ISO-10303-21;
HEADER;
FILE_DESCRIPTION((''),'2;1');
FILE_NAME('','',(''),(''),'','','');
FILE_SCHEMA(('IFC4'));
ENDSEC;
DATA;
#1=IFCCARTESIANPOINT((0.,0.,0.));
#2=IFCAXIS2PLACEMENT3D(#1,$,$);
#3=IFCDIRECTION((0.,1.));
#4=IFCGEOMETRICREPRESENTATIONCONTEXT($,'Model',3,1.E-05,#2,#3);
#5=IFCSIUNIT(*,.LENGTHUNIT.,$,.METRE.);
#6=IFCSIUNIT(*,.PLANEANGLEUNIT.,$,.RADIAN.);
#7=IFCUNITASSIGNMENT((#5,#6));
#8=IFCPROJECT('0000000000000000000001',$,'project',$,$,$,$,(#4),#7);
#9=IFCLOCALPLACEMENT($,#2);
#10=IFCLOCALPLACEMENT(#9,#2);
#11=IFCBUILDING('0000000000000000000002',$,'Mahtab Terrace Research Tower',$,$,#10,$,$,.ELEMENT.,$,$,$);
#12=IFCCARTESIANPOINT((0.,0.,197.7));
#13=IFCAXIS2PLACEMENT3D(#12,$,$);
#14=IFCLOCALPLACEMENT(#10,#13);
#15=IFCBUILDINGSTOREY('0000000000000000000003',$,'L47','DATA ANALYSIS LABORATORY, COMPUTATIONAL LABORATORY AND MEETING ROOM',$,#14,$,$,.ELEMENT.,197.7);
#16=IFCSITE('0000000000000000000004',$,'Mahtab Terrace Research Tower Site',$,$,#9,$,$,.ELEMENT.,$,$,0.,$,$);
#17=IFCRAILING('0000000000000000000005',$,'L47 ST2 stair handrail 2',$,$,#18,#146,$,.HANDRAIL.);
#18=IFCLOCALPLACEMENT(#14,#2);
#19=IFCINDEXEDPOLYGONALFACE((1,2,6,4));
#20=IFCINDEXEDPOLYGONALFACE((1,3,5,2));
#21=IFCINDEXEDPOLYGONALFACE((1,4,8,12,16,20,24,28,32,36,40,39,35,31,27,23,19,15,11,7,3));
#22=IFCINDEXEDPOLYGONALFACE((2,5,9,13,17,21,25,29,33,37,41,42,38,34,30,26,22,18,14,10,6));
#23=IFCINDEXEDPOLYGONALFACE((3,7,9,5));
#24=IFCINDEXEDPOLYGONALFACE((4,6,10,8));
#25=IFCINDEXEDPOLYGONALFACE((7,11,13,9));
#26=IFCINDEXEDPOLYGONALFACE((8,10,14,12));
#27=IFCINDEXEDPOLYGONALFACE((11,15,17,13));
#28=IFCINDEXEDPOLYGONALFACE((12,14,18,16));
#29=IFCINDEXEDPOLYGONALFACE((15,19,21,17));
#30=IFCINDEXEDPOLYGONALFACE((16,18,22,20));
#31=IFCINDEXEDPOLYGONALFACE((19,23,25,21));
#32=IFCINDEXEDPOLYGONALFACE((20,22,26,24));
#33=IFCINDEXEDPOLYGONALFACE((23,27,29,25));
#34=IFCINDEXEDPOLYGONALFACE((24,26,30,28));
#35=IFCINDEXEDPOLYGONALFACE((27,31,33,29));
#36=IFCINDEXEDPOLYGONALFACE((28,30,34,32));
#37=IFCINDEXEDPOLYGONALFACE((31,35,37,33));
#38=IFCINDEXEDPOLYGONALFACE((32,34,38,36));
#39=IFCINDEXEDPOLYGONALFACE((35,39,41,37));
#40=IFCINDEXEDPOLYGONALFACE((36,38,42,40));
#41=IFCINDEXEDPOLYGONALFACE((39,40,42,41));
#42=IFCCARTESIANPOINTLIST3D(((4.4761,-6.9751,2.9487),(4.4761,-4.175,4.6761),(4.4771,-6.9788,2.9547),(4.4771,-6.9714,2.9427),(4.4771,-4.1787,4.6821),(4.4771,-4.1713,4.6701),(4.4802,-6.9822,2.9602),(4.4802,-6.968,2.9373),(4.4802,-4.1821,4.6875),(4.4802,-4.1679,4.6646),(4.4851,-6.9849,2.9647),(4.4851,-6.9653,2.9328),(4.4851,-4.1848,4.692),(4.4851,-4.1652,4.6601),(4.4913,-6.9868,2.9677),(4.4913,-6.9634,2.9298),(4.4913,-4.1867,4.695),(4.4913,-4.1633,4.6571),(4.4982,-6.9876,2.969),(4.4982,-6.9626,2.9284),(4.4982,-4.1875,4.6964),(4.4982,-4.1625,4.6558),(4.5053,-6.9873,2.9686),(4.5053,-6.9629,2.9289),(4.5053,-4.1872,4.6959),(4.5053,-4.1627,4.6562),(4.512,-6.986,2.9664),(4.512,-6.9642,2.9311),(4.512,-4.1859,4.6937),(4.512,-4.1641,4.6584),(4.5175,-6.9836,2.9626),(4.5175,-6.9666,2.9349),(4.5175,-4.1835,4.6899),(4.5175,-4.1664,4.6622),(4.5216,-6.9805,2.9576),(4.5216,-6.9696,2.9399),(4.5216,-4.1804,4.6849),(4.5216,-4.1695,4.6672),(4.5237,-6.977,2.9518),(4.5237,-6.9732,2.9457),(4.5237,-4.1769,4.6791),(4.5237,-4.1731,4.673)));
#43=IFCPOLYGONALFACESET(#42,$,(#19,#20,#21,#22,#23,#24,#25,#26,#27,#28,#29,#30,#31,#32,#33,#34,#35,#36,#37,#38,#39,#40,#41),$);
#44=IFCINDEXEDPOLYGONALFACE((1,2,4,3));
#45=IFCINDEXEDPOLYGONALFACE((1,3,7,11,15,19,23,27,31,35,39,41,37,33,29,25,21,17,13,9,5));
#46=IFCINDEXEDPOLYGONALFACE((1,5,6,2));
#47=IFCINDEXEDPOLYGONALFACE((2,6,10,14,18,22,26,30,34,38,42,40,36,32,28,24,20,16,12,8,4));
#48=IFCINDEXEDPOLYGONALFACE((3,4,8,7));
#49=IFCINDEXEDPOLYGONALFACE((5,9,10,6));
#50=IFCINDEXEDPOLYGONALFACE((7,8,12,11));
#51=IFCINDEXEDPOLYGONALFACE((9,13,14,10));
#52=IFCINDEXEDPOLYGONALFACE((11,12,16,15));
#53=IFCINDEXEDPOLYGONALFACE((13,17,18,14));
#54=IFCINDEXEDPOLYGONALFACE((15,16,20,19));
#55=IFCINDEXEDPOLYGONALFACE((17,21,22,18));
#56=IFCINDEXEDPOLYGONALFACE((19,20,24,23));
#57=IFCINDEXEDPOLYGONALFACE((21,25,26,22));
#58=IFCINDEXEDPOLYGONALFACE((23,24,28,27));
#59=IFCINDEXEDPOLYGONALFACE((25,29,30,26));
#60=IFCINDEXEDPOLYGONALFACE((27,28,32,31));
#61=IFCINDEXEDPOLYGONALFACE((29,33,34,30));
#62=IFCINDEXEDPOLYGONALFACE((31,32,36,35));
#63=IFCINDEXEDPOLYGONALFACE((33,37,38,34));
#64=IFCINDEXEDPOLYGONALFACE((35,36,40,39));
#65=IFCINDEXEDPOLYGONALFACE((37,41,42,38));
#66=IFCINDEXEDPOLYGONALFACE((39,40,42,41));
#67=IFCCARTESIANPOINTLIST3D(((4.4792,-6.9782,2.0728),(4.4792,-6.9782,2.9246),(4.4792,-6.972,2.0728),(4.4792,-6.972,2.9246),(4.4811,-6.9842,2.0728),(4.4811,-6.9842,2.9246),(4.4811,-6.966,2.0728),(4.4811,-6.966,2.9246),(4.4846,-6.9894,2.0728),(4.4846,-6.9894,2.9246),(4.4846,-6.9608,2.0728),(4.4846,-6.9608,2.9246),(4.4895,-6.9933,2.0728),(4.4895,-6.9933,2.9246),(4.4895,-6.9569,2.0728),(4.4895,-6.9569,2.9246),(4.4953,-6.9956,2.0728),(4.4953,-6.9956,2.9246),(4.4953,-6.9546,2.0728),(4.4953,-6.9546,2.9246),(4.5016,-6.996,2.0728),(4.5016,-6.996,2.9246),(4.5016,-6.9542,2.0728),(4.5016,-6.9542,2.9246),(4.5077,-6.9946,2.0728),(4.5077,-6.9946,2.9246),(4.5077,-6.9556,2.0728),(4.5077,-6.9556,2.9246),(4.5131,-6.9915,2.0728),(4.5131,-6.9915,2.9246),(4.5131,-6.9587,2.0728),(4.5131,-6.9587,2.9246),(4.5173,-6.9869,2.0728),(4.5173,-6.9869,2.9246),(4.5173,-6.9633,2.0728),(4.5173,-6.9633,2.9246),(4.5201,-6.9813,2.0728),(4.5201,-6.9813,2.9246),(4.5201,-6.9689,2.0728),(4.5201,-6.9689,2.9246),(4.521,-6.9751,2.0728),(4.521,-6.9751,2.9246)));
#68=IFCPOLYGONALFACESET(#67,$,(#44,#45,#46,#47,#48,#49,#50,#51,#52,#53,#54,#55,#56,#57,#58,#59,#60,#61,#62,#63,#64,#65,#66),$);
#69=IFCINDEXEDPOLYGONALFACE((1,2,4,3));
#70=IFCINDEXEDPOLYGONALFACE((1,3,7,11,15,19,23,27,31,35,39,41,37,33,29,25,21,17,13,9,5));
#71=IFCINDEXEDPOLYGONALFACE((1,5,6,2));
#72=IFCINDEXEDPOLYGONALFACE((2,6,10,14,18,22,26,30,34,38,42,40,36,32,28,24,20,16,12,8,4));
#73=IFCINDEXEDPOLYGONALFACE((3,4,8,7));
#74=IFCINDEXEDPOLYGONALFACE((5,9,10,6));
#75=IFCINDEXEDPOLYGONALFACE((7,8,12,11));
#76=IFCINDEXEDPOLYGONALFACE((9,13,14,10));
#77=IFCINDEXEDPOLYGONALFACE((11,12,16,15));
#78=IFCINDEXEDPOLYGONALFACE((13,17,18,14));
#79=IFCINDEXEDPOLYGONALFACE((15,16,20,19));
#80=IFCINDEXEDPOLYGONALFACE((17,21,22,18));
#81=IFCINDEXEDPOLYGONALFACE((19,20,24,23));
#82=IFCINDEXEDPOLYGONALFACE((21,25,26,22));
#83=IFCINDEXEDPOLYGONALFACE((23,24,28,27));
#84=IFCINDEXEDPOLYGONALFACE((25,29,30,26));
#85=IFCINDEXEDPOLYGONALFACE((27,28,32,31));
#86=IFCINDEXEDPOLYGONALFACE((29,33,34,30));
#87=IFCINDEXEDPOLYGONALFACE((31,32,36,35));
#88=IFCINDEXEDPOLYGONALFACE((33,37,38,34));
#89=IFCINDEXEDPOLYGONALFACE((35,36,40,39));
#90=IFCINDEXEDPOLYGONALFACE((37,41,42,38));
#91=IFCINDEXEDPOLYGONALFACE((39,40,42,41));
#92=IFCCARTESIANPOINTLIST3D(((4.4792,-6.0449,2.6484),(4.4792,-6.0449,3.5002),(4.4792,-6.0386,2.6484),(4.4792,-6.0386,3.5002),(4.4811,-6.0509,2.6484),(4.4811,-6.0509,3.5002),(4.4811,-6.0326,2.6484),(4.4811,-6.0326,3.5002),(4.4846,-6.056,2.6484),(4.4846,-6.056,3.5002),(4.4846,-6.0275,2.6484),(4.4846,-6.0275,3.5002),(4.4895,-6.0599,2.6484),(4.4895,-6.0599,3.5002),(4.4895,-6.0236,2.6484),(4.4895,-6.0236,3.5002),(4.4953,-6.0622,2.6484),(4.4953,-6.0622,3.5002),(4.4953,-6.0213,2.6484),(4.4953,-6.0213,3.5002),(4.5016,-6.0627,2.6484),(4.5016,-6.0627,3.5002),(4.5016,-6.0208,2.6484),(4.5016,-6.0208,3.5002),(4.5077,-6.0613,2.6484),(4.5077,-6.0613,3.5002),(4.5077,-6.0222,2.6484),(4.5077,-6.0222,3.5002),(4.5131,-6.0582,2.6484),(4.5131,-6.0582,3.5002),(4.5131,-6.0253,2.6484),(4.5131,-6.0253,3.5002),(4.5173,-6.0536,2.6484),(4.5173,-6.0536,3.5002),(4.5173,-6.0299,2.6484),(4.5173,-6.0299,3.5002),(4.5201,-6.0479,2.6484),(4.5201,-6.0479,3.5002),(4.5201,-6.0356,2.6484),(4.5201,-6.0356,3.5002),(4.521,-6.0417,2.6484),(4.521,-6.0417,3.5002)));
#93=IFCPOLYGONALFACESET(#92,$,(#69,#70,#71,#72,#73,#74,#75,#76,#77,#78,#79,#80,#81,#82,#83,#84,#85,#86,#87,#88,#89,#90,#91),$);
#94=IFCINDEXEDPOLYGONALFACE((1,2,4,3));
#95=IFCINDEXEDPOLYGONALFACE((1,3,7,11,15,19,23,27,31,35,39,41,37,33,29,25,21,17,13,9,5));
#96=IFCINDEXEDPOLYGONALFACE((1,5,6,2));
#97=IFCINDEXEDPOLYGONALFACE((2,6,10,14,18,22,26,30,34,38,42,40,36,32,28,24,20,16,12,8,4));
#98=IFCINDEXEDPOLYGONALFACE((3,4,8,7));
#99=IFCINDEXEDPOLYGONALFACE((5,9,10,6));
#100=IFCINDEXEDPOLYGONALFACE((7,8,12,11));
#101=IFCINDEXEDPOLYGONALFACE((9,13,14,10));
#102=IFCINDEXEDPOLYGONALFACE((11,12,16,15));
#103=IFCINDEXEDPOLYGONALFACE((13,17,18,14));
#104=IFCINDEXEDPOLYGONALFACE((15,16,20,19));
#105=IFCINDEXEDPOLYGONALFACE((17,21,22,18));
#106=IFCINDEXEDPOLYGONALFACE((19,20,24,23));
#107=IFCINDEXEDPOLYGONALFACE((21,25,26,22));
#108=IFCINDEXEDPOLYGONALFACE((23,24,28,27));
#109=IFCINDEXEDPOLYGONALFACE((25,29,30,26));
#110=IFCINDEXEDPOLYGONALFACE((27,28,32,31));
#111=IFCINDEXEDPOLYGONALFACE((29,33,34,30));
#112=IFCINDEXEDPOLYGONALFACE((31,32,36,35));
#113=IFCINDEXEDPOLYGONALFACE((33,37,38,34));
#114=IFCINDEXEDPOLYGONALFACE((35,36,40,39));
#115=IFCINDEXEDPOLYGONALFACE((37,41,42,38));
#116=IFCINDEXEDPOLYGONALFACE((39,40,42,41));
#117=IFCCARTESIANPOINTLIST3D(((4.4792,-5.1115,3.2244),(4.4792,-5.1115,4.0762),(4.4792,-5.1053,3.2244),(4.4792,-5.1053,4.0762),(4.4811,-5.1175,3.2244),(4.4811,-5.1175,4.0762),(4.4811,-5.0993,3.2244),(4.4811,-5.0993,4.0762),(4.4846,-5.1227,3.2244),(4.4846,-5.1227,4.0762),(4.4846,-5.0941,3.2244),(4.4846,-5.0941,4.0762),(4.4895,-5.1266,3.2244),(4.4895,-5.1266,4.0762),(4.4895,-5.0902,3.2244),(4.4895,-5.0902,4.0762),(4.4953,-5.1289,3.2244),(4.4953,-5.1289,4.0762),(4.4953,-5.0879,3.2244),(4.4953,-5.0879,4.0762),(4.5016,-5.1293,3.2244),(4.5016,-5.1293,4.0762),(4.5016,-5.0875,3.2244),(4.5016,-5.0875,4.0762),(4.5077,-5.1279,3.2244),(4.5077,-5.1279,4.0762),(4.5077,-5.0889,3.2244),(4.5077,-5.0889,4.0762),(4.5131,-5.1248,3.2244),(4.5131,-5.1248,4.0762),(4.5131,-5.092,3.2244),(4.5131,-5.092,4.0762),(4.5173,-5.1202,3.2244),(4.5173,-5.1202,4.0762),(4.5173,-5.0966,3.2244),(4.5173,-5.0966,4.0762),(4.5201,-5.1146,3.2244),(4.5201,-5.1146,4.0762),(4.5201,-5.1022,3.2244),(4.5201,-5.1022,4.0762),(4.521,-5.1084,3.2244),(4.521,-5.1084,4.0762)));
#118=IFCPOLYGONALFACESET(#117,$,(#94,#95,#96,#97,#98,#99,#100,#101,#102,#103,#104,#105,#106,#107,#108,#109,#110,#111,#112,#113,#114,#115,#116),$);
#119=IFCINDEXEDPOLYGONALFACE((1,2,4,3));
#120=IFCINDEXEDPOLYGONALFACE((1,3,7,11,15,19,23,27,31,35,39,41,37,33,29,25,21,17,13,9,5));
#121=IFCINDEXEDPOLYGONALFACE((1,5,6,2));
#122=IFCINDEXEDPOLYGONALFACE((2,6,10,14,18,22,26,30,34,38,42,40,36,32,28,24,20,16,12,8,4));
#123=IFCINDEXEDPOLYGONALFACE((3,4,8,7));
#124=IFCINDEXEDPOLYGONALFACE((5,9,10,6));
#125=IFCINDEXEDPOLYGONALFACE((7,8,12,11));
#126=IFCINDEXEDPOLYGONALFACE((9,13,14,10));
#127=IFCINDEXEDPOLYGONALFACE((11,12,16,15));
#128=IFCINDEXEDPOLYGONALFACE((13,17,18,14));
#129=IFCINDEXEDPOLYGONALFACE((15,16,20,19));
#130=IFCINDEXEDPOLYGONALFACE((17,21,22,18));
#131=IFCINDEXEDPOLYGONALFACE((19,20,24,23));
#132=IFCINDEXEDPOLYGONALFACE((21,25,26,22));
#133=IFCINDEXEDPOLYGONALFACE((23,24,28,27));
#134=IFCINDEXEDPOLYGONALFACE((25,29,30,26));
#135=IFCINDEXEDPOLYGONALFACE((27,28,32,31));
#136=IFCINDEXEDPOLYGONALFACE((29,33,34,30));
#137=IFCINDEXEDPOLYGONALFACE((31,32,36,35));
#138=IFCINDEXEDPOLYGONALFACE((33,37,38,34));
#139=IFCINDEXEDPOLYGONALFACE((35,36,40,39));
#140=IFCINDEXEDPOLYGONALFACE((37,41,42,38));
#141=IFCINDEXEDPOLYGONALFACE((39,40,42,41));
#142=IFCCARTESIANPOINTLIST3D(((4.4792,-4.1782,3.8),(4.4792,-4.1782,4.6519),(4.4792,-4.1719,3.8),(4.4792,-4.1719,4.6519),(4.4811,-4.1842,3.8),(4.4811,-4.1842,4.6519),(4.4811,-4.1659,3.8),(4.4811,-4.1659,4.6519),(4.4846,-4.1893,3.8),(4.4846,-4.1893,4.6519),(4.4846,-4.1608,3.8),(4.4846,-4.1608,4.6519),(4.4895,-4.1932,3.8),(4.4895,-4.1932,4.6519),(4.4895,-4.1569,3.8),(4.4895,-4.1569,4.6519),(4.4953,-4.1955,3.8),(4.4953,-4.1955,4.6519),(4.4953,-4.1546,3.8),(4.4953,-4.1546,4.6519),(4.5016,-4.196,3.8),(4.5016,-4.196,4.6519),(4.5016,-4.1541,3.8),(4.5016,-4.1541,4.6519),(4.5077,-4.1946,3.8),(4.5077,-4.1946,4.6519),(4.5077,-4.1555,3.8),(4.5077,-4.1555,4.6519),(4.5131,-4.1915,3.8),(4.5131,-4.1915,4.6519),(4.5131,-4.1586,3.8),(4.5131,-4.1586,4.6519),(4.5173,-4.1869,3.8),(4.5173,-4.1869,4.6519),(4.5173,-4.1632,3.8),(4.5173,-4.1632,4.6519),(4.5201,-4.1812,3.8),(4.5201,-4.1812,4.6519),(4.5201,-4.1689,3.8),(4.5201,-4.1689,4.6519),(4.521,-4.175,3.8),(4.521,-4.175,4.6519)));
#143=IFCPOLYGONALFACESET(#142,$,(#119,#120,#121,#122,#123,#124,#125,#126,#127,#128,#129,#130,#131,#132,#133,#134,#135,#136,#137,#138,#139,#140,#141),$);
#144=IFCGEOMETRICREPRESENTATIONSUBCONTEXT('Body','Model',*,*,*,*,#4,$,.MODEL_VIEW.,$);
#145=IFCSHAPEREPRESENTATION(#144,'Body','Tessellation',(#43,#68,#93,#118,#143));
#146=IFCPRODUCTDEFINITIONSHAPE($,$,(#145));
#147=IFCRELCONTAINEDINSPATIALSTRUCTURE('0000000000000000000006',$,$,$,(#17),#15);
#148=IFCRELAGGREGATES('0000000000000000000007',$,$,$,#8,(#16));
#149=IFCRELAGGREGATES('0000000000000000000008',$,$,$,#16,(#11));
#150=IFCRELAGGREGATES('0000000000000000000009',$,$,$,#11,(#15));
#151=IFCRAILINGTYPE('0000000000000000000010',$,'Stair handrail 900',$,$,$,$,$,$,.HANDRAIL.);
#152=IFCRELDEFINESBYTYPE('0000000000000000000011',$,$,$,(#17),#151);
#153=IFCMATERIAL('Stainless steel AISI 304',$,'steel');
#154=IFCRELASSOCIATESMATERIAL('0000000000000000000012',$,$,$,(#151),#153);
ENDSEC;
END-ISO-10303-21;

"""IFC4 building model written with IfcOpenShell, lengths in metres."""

from ifc_helpers import new_model, si_unit, direction, frame, origin, origin_2d, place, context, subcontext, project, spatial, circle, extrude, material, type_object, element, save


model = new_model("IFC4")

# Units and contexts
model_context = context("Model", 3, precision=1e-05, world=origin(), true_north=direction((0.0, 1.0)))
body_context = subcontext(model_context, "Body", "Model", "MODEL_VIEW")
ifc_project = project(units=[si_unit("LENGTHUNIT", "METRE"), si_unit("PLANEANGLEUNIT", "RADIAN")], contexts=[model_context])

# Site, building, storey
site_placement = place(None, origin())
site = spatial("IfcSite", under=ifc_project, at=site_placement, Name="Mahtab Terrace Research Tower Site", CompositionType="ELEMENT", RefElevation=0.0)
building_placement = place(site_placement, origin())
building = spatial("IfcBuilding", under=site, at=building_placement, Name="Mahtab Terrace Research Tower", CompositionType="ELEMENT")
storey_placement = place(building_placement, frame((0.0, 0.0, 197.7)))
storey = spatial("IfcBuildingStorey", under=building, at=storey_placement, Name="L47", Description="DATA ANALYSIS LABORATORY, COMPUTATIONAL LABORATORY AND MEETING ROOM", CompositionType="ELEMENT", Elevation=197.7)

# Railing
ifc_material_1 = material(Name="Stainless steel AISI 304", Category="steel")
railing_type_1 = type_object("IfcRailingType", Name="Stair handrail 900", PredefinedType="HANDRAIL", material=ifc_material_1)
railing_1_placement = place(storey_placement, frame((4.5, -6.9751, 2.0728)))
element("IfcRailing", 1, at=railing_1_placement, inside=storey, type_object=railing_type_1, Name="L47 ST2 stair handrail 2", PredefinedType="HANDRAIL", context=body_context, shape_type="SweptSolid", body=[
    extrude(circle(Radius=0.0239, at=origin_2d()), frame((0.0, 0.0, 0.876), z_axis=(0.0, 0.85109, 0.52502), x_axis=(-1.0, 0.0, 0.0)), (0.0, 0.0, 1.0), 3.29),
    extrude(circle(Radius=0.021, at=origin_2d()), origin(), (0.0, 0.0, 1.0), 0.8518),
    extrude(circle(Radius=0.021, at=origin_2d()), frame((0.0, 0.9333, 0.5757)), (0.0, 0.0, 1.0), 0.8518),
    extrude(circle(Radius=0.021, at=origin_2d()), frame((0.0, 1.8667, 1.1516)), (0.0, 0.0, 1.0), 0.8518),
    extrude(circle(Radius=0.021, at=origin_2d()), frame((0.0, 2.8, 1.7273)), (0.0, 0.0, 1.0), 0.8518),
])

save(model, "model.ifc")
